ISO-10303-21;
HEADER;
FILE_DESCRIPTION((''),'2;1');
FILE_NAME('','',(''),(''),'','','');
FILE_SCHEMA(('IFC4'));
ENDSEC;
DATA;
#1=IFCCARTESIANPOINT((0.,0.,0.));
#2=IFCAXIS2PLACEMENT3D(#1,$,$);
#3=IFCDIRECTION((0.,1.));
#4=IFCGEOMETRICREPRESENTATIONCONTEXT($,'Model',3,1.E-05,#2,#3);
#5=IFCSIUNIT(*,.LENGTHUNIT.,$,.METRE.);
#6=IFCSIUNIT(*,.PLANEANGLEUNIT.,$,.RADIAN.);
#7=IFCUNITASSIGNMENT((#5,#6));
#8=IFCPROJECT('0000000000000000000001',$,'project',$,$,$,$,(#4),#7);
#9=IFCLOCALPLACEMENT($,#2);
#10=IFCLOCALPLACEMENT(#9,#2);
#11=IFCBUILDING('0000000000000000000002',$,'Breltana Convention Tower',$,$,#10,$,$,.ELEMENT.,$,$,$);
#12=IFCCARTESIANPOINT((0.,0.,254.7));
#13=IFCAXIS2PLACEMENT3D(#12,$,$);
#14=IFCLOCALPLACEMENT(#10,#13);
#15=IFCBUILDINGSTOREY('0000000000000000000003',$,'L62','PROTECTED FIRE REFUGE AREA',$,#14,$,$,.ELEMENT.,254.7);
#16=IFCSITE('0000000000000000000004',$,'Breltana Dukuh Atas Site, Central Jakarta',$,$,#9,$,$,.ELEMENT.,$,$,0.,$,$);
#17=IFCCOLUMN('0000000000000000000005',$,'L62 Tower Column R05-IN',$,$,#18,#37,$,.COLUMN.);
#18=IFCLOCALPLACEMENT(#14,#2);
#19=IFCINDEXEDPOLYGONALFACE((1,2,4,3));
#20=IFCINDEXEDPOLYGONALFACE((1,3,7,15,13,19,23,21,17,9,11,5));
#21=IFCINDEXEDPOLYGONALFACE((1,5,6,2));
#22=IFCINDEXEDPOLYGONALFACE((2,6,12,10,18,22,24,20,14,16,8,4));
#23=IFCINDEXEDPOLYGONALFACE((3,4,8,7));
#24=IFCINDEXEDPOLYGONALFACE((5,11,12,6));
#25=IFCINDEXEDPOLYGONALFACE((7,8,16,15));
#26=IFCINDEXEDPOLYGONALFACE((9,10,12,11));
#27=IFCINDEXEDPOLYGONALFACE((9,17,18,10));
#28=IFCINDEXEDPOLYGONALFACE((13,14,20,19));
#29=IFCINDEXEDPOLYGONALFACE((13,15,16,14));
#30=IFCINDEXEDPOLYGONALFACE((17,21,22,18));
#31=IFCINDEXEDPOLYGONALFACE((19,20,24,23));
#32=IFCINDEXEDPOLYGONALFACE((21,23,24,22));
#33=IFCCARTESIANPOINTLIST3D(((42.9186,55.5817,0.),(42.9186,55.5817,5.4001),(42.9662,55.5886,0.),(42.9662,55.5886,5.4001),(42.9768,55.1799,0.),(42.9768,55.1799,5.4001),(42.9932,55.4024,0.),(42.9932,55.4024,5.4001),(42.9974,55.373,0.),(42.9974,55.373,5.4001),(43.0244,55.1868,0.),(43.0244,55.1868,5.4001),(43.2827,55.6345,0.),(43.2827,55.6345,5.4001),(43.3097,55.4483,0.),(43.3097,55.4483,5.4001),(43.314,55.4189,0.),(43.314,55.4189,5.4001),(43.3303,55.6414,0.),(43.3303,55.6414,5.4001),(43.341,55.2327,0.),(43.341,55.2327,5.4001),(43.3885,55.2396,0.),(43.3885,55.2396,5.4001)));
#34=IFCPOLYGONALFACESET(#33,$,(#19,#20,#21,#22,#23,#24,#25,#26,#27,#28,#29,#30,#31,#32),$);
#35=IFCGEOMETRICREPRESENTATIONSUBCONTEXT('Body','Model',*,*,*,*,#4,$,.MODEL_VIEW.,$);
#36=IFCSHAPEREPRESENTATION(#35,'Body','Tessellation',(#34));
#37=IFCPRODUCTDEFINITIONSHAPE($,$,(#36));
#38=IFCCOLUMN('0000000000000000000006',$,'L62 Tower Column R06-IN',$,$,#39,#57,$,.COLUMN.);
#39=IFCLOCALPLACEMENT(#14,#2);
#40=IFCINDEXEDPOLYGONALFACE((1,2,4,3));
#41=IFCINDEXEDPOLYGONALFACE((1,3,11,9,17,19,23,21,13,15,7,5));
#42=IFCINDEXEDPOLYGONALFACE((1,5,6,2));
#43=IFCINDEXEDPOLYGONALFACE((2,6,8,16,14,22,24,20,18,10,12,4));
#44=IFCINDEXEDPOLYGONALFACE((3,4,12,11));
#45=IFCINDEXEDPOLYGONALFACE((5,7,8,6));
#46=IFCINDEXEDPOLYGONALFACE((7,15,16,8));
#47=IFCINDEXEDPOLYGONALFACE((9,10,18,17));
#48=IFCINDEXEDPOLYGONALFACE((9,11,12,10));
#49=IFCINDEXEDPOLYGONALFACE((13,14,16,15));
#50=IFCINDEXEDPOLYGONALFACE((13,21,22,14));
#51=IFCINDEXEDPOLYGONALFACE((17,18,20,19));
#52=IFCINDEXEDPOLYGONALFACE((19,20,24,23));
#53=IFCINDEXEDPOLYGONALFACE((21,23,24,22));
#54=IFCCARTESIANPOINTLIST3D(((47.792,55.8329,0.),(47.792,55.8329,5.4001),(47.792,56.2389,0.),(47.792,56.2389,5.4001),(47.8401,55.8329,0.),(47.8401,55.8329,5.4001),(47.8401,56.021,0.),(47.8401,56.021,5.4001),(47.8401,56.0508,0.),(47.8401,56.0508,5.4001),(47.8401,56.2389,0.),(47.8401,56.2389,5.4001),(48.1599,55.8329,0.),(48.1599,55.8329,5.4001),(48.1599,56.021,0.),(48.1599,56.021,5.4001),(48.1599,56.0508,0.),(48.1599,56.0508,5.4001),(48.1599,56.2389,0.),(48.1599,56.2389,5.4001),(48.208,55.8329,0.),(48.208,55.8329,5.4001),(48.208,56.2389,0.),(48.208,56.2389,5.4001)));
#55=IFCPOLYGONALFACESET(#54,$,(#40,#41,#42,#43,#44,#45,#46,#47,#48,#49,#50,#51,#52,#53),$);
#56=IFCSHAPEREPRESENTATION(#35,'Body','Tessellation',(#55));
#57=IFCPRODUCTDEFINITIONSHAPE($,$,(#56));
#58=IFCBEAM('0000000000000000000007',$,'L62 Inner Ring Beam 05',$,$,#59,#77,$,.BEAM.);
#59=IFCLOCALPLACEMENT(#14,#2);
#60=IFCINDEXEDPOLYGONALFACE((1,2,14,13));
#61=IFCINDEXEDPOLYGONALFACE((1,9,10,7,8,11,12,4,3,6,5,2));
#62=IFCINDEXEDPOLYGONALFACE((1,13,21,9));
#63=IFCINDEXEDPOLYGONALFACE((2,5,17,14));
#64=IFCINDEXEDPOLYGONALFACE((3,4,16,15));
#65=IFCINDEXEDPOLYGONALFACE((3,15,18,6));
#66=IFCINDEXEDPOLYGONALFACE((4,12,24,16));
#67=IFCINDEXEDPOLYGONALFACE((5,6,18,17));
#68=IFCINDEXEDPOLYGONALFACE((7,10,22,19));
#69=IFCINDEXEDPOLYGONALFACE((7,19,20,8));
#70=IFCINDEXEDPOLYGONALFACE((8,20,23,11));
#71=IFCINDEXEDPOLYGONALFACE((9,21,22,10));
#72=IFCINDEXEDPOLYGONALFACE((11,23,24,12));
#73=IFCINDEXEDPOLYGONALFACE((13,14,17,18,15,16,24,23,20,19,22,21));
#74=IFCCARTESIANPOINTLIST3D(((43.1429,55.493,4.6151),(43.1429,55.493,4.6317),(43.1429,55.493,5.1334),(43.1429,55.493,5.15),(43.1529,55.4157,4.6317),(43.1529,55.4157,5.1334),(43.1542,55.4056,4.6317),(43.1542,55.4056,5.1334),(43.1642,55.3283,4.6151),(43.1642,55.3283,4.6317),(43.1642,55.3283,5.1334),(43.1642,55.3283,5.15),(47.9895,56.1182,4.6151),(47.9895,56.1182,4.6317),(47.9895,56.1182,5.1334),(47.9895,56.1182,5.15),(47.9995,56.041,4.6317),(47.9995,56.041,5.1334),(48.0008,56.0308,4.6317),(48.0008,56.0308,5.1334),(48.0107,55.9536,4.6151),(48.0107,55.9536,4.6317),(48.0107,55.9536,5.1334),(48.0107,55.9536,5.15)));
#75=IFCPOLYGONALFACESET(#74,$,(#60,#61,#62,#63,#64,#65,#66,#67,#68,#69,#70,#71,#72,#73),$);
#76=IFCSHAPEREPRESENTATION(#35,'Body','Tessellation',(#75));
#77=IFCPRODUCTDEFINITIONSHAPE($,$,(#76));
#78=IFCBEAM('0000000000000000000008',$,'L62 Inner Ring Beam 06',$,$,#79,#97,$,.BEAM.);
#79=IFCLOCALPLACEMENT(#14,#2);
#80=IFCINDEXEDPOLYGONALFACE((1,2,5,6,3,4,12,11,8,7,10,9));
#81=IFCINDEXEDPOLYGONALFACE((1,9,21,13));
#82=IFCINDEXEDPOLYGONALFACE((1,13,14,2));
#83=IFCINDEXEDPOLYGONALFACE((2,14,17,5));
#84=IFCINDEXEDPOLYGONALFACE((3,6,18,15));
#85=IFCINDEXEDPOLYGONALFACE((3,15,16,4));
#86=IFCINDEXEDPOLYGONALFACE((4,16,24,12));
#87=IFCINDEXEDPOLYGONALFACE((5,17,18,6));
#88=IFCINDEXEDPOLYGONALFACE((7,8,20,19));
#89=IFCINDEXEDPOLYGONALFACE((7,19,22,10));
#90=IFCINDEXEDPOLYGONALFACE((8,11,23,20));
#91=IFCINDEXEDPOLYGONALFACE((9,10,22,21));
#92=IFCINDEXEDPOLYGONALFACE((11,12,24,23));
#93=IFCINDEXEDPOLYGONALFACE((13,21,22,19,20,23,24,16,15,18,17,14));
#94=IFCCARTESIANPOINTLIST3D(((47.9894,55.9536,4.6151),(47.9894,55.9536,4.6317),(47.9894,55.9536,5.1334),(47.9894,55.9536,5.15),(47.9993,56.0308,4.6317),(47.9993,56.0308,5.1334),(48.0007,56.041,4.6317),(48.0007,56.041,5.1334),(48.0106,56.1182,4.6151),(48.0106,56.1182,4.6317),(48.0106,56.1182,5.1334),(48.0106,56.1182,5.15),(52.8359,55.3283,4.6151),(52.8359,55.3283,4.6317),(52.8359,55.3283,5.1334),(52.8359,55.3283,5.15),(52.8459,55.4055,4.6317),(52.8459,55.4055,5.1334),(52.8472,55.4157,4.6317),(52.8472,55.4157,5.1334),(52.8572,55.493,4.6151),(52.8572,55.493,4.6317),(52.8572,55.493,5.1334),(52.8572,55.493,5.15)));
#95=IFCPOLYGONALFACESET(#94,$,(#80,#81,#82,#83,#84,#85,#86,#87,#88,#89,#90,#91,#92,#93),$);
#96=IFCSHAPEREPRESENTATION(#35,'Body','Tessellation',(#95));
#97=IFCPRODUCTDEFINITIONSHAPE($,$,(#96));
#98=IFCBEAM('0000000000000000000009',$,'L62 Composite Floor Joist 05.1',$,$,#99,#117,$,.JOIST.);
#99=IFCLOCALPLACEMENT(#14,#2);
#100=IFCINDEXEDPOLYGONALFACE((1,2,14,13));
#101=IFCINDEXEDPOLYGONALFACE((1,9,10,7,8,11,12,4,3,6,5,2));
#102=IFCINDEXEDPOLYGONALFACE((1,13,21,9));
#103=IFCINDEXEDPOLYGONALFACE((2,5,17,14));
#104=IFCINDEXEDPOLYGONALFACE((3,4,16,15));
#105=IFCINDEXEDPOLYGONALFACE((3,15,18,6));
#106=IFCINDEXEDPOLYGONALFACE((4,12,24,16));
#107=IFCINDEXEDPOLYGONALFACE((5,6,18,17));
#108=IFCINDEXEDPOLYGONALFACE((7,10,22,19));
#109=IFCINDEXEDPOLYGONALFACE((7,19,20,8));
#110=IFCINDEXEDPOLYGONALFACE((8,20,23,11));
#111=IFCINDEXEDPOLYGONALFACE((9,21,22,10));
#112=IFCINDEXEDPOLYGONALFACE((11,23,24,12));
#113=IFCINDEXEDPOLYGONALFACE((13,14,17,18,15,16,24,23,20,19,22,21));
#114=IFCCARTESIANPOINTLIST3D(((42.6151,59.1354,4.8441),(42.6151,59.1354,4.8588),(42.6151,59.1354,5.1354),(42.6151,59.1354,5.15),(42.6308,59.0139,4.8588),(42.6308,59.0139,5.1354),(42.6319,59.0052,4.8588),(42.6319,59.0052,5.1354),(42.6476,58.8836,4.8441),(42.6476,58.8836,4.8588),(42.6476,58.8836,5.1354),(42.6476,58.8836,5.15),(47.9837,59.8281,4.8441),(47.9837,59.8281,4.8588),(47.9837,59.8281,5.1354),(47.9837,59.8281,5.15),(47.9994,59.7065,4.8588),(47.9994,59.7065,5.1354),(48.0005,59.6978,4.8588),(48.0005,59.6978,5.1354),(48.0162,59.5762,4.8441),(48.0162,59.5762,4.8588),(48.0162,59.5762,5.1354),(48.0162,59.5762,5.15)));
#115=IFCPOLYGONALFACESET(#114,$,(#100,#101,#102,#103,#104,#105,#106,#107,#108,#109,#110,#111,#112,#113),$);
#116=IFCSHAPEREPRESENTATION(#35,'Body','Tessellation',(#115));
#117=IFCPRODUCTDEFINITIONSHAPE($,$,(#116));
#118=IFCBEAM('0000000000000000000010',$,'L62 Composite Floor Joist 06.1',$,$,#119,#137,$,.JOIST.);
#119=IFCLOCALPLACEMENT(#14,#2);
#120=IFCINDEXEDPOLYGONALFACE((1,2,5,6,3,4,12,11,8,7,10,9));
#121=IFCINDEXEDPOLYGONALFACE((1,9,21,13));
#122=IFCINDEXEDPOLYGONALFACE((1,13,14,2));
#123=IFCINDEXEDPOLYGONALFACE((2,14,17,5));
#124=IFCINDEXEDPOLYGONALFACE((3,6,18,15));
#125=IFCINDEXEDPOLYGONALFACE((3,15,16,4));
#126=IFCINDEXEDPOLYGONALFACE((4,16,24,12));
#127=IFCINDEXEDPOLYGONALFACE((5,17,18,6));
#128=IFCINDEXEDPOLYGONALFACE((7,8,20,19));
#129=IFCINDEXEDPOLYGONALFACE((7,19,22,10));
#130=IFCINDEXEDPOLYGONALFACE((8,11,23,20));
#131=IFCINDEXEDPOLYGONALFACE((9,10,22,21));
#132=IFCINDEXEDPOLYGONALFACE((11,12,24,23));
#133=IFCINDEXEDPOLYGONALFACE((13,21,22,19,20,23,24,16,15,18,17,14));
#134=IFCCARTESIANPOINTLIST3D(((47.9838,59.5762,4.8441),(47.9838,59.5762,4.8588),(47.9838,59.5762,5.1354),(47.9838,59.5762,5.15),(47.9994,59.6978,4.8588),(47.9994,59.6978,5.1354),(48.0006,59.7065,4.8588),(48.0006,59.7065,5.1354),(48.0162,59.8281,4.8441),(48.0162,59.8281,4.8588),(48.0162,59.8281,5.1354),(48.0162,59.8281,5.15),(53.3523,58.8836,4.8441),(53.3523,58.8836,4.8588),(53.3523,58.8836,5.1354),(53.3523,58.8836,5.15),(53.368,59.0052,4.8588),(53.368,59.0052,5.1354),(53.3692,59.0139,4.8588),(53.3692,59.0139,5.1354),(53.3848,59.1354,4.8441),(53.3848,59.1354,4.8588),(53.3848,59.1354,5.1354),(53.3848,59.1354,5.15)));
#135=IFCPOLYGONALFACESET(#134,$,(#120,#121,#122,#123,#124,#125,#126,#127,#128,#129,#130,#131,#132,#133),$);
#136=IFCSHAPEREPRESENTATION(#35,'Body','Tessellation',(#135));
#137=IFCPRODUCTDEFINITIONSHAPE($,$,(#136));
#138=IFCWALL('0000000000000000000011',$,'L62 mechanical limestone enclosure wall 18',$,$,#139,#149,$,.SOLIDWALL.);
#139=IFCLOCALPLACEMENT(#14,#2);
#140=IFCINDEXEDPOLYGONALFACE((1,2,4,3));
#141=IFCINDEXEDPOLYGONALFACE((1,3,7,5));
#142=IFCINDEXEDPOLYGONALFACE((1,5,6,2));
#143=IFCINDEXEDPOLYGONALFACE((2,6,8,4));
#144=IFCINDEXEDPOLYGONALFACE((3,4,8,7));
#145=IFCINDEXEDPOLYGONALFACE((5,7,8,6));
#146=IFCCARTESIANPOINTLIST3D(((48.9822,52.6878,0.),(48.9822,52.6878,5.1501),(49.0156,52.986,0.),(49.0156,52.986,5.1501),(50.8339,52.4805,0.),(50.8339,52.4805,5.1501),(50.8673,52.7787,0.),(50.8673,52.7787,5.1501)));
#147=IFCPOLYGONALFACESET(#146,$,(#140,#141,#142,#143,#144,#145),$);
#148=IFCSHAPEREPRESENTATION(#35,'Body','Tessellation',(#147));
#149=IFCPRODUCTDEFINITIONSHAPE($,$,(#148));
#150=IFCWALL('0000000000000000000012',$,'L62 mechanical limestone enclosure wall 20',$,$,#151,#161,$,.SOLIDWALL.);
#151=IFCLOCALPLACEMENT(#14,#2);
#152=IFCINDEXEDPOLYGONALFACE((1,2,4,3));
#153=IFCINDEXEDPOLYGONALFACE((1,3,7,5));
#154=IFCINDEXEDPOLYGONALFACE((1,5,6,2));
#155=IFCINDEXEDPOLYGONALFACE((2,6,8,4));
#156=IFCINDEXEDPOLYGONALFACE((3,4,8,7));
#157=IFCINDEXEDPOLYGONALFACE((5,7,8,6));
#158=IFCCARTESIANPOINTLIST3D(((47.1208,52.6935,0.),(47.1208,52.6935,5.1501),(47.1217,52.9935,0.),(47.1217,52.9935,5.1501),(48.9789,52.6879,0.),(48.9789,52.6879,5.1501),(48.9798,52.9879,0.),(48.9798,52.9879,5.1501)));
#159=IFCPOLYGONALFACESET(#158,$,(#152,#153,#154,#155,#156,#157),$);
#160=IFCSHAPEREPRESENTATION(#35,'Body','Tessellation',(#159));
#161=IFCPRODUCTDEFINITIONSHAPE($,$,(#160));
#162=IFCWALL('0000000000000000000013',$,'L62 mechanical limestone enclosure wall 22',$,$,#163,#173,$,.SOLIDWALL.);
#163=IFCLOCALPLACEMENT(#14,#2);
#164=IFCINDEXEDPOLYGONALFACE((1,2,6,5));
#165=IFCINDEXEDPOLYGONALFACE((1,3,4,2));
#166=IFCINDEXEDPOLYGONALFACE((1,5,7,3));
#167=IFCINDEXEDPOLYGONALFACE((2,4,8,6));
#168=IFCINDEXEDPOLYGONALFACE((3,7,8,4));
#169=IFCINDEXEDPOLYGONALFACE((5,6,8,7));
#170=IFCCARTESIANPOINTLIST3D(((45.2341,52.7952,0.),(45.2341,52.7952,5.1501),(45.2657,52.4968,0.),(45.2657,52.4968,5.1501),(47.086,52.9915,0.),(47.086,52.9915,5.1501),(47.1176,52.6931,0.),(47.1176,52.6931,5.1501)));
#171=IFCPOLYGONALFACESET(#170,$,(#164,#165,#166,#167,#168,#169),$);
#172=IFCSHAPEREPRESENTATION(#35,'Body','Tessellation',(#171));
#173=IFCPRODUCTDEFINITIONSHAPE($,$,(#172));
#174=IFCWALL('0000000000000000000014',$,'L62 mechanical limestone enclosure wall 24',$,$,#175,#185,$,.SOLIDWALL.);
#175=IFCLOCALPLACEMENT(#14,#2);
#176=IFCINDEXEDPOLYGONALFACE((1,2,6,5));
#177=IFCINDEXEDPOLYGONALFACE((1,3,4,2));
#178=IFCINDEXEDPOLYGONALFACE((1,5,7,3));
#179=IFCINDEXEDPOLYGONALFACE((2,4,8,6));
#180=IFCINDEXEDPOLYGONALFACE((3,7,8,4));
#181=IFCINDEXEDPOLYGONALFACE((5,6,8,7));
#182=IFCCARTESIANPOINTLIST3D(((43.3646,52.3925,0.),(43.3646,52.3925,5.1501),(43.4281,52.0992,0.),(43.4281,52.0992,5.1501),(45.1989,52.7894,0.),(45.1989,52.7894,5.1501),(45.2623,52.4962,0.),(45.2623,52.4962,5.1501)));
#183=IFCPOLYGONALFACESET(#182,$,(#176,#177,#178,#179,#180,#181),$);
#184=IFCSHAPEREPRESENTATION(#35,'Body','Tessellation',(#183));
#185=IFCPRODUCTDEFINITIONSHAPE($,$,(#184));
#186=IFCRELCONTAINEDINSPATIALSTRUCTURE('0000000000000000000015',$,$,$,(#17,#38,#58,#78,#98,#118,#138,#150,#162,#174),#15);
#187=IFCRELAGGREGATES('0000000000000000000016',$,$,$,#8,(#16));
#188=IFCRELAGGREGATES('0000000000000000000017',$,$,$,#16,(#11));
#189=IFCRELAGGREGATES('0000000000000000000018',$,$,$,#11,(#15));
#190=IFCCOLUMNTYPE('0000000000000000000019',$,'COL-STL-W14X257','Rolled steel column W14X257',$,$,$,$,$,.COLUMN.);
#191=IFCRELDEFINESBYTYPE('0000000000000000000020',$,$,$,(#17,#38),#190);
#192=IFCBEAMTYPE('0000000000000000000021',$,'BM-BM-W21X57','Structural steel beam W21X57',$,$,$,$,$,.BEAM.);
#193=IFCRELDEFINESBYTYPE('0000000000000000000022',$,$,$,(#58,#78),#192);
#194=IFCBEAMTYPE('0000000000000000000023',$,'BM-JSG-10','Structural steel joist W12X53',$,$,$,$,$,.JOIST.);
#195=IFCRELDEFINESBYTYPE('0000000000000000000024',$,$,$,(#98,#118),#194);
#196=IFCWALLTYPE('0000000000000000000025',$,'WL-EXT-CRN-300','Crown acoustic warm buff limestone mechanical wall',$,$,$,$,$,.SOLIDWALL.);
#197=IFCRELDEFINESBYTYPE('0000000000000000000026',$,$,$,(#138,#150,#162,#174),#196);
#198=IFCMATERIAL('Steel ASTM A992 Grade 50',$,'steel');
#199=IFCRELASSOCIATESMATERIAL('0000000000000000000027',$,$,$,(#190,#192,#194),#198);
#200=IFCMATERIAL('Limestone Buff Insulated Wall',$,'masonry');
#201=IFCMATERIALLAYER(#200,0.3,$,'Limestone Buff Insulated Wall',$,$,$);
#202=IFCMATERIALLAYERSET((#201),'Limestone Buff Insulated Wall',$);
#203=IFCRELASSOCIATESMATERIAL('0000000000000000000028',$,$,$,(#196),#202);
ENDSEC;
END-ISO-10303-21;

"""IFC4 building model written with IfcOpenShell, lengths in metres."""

from ifc_helpers import new_model, si_unit, direction, frame, frame_2d, origin, origin_2d, place, context, subcontext, project, spatial, rectangle, i_section, extrude, source, transform, mapped, material, layer, layer_set, material_profile, profile_set, type_object, element, save


model = new_model("IFC4")

# Units and contexts
model_context = context("Model", 3, precision=1e-05, world=origin(), true_north=direction((0.0, 1.0)))
body_context = subcontext(model_context, "Body", "Model", "MODEL_VIEW")
ifc_project = project(units=[si_unit("LENGTHUNIT", "METRE"), si_unit("PLANEANGLEUNIT", "RADIAN")], contexts=[model_context])

# Site, building, storey
site_placement = place(None, origin())
site = spatial("IfcSite", under=ifc_project, at=site_placement, Name="Breltana Dukuh Atas Site, Central Jakarta", CompositionType="ELEMENT", RefElevation=0.0)
building_placement = place(site_placement, origin())
building = spatial("IfcBuilding", under=site, at=building_placement, Name="Breltana Convention Tower", CompositionType="ELEMENT")
storey_placement = place(building_placement, frame((0.0, 0.0, 254.7)))
storey = spatial("IfcBuildingStorey", under=building, at=storey_placement, Name="L62", Description="PROTECTED FIRE REFUGE AREA", CompositionType="ELEMENT", Elevation=254.7)

# Columns
ifc_material_1 = material(Name="Steel ASTM A992 Grade 50", Category="steel")
ifc_material_profile_1 = material_profile(ifc_material_1, i_section(OverallWidth=0.406, OverallDepth=0.416, WebThickness=0.0298, FlangeThickness=0.0481, at=origin_2d()), Name="W14X257")
ifc_profile_set_1 = profile_set([ifc_material_profile_1], Name="Steel ASTM A992 Grade 50")
column_type = type_object("IfcColumnType", Name="COL-STL-W14X257", Description="Rolled steel column W14X257", PredefinedType="COLUMN", material=ifc_profile_set_1)
shared_shape_1 = source(origin(), body_context, "Body", "SweptSolid", [
    extrude(i_section(OverallWidth=0.406, OverallDepth=0.416, WebThickness=0.0298, FlangeThickness=0.0481, at=origin_2d()), origin(), (0.0, 0.0, 1.0), 5.4001),
])
for number, where, z_axis, x_axis, name in (
    (1, (43.1536, 55.4106, 0.0), (0.0, 0.0, 1.0), (-0.143493, 0.989651, 0.0), "L62 Tower Column R05-IN"),
    (2, (48.0, 56.0359, 0.0), (0.0, 0.0, 1.0), (0.0, 1.0, 0.0), "L62 Tower Column R06-IN"),
):
    element("IfcColumn", number, at=place(storey_placement, frame(where, z_axis=z_axis, x_axis=x_axis)), inside=storey, type_object=column_type, Name=name, PredefinedType="COLUMN", context=body_context, shape_type="MappedRepresentation", body=[
        mapped(shared_shape_1, transform((0.0, 0.0, 0.0), scale=1.0)),
    ])

# Beams
ifc_material_profile_2 = material_profile(ifc_material_1, i_section(OverallWidth=0.166, OverallDepth=0.5349, WebThickness=0.0103, FlangeThickness=0.0166, at=origin_2d()), Name="W21X57")
ifc_profile_set_2 = profile_set([ifc_material_profile_2], Name="Steel ASTM A992 Grade 50")
beam_type_1 = type_object("IfcBeamType", Name="BM-BM-W21X57", Description="Structural steel beam W21X57", PredefinedType="BEAM", material=ifc_profile_set_2)
shared_shape_2 = source(origin(), body_context, "Body", "SweptSolid", [
    extrude(i_section(OverallWidth=0.166, OverallDepth=0.5349, WebThickness=0.0103, FlangeThickness=0.0166, at=origin_2d()), origin(), (0.0, 0.0, 1.0), 4.8867),
])
for number, where, z_axis, x_axis, name in (
    (3, (43.1536, 55.4106, 4.8826), (0.991781, 0.127951, 0.0), (-0.127951, 0.991781, 0.0), "L62 Inner Ring Beam 05"),
    (4, (48.0, 56.0359, 4.8826), (0.991781, -0.127951, 0.0), (0.127951, 0.991781, 0.0), "L62 Inner Ring Beam 06"),
):
    element("IfcBeam", number, at=place(storey_placement, frame(where, z_axis=z_axis, x_axis=x_axis)), inside=storey, type_object=beam_type_1, Name=name, PredefinedType="BEAM", context=body_context, shape_type="MappedRepresentation", body=[
        mapped(shared_shape_2, transform((0.0, 0.0, 0.0), scale=1.0)),
    ])
ifc_material_profile_3 = material_profile(ifc_material_1, i_section(OverallWidth=0.2539, OverallDepth=0.3059, WebThickness=0.0088, FlangeThickness=0.0146, at=origin_2d()), Name="W12X53")
ifc_profile_set_3 = profile_set([ifc_material_profile_3], Name="Steel ASTM A992 Grade 50")
beam_type_2 = type_object("IfcBeamType", Name="BM-JSG-10", Description="Structural steel joist W12X53", PredefinedType="JOIST", material=ifc_profile_set_3)
shared_shape_3 = source(origin(), body_context, "Body", "SweptSolid", [
    extrude(i_section(OverallWidth=0.2539, OverallDepth=0.3059, WebThickness=0.0088, FlangeThickness=0.0146, at=origin_2d()), origin(), (0.0, 0.0, 1.0), 5.4131),
])
for number, where, z_axis, x_axis, name in (
    (5, (42.6313, 59.0095, 4.9971), (0.99178, 0.127953, 0.0), (-0.127953, 0.99178, 0.0), "L62 Composite Floor Joist 05.1"),
    (6, (48.0, 59.7021, 4.9971), (0.99178, -0.127953, 0.0), (0.127953, 0.99178, 0.0), "L62 Composite Floor Joist 06.1"),
):
    element("IfcBeam", number, at=place(storey_placement, frame(where, z_axis=z_axis, x_axis=x_axis)), inside=storey, type_object=beam_type_2, Name=name, PredefinedType="JOIST", context=body_context, shape_type="MappedRepresentation", body=[
        mapped(shared_shape_3, transform((0.0, 0.0, 0.0), scale=1.0)),
    ])

# Walls
ifc_material_2 = material(Name="Limestone Buff Insulated Wall", Category="masonry")
ifc_layer_1 = layer(ifc_material_2, 0.3, Name="Limestone Buff Insulated Wall")
ifc_layer_set_1 = layer_set([ifc_layer_1], Name="Limestone Buff Insulated Wall")
wall_type_1 = type_object("IfcWallType", Name="WL-EXT-CRN-300", Description="Crown acoustic warm buff limestone mechanical wall", PredefinedType="SOLIDWALL", material=ifc_layer_set_1)
shared_shape_4 = source(origin(), body_context, "Body", "SweptSolid", [
    extrude(rectangle(XDim=1.8633, YDim=0.3, at=frame_2d((0.9316, 0.0))), origin(), (0.0, 0.0, 1.0), 5.1501),
])
wall_1_placement = place(storey_placement, frame((50.8506, 52.6296, 0.0), z_axis=(0.0, 0.0, 1.0), x_axis=(-0.993794, 0.111237, 0.0)))
element("IfcWall", 7, at=wall_1_placement, inside=storey, type_object=wall_type_1, Name="L62 mechanical limestone enclosure wall 18", PredefinedType="SOLIDWALL", context=body_context, shape_type="MappedRepresentation", body=[
    mapped(shared_shape_4, transform((0.0, 0.0, 0.0), scale=1.0)),
])
shared_shape_5 = source(origin(), body_context, "Body", "SweptSolid", [
    extrude(rectangle(XDim=1.8582, YDim=0.3, at=frame_2d((0.9292, 0.0))), origin(), (0.0, 0.0, 1.0), 5.1501),
])
wall_2_placement = place(storey_placement, frame((48.9795, 52.8379, 0.0), z_axis=(0.0, 0.0, 1.0), x_axis=(-0.999995, 0.003022, 0.0)))
element("IfcWall", 8, at=wall_2_placement, inside=storey, type_object=wall_type_1, Name="L62 mechanical limestone enclosure wall 20", PredefinedType="SOLIDWALL", context=body_context, shape_type="MappedRepresentation", body=[
    mapped(shared_shape_5, transform((0.0, 0.0, 0.0), scale=1.0)),
])
shared_shape_6 = source(origin(), body_context, "Body", "SweptSolid", [
    extrude(rectangle(XDim=1.8623, YDim=0.3, at=frame_2d((0.9312, 0.0))), origin(), (0.0, 0.0, 1.0), 5.1501),
])
wall_3_placement = place(storey_placement, frame((47.1018, 52.8423, 0.0), z_axis=(0.0, 0.0, 1.0), x_axis=(-0.99443, -0.105394, 0.0)))
element("IfcWall", 9, at=wall_3_placement, inside=storey, type_object=wall_type_1, Name="L62 mechanical limestone enclosure wall 22", PredefinedType="SOLIDWALL", context=body_context, shape_type="MappedRepresentation", body=[
    mapped(shared_shape_6, transform((0.0, 0.0, 0.0), scale=1.0)),
])
shared_shape_7 = source(origin(), body_context, "Body", "SweptSolid", [
    extrude(rectangle(XDim=1.8767, YDim=0.3, at=frame_2d((0.9385, 0.0))), origin(), (0.0, 0.0, 1.0), 5.1501),
])
wall_4_placement = place(storey_placement, frame((45.2307, 52.6428, 0.0), z_axis=(0.0, 0.0, 1.0), x_axis=(-0.977372, -0.211528, 0.0)))
element("IfcWall", 10, at=wall_4_placement, inside=storey, type_object=wall_type_1, Name="L62 mechanical limestone enclosure wall 24", PredefinedType="SOLIDWALL", context=body_context, shape_type="MappedRepresentation", body=[
    mapped(shared_shape_7, transform((0.0, 0.0, 0.0), scale=1.0)),
])

save(model, "model.ifc")
